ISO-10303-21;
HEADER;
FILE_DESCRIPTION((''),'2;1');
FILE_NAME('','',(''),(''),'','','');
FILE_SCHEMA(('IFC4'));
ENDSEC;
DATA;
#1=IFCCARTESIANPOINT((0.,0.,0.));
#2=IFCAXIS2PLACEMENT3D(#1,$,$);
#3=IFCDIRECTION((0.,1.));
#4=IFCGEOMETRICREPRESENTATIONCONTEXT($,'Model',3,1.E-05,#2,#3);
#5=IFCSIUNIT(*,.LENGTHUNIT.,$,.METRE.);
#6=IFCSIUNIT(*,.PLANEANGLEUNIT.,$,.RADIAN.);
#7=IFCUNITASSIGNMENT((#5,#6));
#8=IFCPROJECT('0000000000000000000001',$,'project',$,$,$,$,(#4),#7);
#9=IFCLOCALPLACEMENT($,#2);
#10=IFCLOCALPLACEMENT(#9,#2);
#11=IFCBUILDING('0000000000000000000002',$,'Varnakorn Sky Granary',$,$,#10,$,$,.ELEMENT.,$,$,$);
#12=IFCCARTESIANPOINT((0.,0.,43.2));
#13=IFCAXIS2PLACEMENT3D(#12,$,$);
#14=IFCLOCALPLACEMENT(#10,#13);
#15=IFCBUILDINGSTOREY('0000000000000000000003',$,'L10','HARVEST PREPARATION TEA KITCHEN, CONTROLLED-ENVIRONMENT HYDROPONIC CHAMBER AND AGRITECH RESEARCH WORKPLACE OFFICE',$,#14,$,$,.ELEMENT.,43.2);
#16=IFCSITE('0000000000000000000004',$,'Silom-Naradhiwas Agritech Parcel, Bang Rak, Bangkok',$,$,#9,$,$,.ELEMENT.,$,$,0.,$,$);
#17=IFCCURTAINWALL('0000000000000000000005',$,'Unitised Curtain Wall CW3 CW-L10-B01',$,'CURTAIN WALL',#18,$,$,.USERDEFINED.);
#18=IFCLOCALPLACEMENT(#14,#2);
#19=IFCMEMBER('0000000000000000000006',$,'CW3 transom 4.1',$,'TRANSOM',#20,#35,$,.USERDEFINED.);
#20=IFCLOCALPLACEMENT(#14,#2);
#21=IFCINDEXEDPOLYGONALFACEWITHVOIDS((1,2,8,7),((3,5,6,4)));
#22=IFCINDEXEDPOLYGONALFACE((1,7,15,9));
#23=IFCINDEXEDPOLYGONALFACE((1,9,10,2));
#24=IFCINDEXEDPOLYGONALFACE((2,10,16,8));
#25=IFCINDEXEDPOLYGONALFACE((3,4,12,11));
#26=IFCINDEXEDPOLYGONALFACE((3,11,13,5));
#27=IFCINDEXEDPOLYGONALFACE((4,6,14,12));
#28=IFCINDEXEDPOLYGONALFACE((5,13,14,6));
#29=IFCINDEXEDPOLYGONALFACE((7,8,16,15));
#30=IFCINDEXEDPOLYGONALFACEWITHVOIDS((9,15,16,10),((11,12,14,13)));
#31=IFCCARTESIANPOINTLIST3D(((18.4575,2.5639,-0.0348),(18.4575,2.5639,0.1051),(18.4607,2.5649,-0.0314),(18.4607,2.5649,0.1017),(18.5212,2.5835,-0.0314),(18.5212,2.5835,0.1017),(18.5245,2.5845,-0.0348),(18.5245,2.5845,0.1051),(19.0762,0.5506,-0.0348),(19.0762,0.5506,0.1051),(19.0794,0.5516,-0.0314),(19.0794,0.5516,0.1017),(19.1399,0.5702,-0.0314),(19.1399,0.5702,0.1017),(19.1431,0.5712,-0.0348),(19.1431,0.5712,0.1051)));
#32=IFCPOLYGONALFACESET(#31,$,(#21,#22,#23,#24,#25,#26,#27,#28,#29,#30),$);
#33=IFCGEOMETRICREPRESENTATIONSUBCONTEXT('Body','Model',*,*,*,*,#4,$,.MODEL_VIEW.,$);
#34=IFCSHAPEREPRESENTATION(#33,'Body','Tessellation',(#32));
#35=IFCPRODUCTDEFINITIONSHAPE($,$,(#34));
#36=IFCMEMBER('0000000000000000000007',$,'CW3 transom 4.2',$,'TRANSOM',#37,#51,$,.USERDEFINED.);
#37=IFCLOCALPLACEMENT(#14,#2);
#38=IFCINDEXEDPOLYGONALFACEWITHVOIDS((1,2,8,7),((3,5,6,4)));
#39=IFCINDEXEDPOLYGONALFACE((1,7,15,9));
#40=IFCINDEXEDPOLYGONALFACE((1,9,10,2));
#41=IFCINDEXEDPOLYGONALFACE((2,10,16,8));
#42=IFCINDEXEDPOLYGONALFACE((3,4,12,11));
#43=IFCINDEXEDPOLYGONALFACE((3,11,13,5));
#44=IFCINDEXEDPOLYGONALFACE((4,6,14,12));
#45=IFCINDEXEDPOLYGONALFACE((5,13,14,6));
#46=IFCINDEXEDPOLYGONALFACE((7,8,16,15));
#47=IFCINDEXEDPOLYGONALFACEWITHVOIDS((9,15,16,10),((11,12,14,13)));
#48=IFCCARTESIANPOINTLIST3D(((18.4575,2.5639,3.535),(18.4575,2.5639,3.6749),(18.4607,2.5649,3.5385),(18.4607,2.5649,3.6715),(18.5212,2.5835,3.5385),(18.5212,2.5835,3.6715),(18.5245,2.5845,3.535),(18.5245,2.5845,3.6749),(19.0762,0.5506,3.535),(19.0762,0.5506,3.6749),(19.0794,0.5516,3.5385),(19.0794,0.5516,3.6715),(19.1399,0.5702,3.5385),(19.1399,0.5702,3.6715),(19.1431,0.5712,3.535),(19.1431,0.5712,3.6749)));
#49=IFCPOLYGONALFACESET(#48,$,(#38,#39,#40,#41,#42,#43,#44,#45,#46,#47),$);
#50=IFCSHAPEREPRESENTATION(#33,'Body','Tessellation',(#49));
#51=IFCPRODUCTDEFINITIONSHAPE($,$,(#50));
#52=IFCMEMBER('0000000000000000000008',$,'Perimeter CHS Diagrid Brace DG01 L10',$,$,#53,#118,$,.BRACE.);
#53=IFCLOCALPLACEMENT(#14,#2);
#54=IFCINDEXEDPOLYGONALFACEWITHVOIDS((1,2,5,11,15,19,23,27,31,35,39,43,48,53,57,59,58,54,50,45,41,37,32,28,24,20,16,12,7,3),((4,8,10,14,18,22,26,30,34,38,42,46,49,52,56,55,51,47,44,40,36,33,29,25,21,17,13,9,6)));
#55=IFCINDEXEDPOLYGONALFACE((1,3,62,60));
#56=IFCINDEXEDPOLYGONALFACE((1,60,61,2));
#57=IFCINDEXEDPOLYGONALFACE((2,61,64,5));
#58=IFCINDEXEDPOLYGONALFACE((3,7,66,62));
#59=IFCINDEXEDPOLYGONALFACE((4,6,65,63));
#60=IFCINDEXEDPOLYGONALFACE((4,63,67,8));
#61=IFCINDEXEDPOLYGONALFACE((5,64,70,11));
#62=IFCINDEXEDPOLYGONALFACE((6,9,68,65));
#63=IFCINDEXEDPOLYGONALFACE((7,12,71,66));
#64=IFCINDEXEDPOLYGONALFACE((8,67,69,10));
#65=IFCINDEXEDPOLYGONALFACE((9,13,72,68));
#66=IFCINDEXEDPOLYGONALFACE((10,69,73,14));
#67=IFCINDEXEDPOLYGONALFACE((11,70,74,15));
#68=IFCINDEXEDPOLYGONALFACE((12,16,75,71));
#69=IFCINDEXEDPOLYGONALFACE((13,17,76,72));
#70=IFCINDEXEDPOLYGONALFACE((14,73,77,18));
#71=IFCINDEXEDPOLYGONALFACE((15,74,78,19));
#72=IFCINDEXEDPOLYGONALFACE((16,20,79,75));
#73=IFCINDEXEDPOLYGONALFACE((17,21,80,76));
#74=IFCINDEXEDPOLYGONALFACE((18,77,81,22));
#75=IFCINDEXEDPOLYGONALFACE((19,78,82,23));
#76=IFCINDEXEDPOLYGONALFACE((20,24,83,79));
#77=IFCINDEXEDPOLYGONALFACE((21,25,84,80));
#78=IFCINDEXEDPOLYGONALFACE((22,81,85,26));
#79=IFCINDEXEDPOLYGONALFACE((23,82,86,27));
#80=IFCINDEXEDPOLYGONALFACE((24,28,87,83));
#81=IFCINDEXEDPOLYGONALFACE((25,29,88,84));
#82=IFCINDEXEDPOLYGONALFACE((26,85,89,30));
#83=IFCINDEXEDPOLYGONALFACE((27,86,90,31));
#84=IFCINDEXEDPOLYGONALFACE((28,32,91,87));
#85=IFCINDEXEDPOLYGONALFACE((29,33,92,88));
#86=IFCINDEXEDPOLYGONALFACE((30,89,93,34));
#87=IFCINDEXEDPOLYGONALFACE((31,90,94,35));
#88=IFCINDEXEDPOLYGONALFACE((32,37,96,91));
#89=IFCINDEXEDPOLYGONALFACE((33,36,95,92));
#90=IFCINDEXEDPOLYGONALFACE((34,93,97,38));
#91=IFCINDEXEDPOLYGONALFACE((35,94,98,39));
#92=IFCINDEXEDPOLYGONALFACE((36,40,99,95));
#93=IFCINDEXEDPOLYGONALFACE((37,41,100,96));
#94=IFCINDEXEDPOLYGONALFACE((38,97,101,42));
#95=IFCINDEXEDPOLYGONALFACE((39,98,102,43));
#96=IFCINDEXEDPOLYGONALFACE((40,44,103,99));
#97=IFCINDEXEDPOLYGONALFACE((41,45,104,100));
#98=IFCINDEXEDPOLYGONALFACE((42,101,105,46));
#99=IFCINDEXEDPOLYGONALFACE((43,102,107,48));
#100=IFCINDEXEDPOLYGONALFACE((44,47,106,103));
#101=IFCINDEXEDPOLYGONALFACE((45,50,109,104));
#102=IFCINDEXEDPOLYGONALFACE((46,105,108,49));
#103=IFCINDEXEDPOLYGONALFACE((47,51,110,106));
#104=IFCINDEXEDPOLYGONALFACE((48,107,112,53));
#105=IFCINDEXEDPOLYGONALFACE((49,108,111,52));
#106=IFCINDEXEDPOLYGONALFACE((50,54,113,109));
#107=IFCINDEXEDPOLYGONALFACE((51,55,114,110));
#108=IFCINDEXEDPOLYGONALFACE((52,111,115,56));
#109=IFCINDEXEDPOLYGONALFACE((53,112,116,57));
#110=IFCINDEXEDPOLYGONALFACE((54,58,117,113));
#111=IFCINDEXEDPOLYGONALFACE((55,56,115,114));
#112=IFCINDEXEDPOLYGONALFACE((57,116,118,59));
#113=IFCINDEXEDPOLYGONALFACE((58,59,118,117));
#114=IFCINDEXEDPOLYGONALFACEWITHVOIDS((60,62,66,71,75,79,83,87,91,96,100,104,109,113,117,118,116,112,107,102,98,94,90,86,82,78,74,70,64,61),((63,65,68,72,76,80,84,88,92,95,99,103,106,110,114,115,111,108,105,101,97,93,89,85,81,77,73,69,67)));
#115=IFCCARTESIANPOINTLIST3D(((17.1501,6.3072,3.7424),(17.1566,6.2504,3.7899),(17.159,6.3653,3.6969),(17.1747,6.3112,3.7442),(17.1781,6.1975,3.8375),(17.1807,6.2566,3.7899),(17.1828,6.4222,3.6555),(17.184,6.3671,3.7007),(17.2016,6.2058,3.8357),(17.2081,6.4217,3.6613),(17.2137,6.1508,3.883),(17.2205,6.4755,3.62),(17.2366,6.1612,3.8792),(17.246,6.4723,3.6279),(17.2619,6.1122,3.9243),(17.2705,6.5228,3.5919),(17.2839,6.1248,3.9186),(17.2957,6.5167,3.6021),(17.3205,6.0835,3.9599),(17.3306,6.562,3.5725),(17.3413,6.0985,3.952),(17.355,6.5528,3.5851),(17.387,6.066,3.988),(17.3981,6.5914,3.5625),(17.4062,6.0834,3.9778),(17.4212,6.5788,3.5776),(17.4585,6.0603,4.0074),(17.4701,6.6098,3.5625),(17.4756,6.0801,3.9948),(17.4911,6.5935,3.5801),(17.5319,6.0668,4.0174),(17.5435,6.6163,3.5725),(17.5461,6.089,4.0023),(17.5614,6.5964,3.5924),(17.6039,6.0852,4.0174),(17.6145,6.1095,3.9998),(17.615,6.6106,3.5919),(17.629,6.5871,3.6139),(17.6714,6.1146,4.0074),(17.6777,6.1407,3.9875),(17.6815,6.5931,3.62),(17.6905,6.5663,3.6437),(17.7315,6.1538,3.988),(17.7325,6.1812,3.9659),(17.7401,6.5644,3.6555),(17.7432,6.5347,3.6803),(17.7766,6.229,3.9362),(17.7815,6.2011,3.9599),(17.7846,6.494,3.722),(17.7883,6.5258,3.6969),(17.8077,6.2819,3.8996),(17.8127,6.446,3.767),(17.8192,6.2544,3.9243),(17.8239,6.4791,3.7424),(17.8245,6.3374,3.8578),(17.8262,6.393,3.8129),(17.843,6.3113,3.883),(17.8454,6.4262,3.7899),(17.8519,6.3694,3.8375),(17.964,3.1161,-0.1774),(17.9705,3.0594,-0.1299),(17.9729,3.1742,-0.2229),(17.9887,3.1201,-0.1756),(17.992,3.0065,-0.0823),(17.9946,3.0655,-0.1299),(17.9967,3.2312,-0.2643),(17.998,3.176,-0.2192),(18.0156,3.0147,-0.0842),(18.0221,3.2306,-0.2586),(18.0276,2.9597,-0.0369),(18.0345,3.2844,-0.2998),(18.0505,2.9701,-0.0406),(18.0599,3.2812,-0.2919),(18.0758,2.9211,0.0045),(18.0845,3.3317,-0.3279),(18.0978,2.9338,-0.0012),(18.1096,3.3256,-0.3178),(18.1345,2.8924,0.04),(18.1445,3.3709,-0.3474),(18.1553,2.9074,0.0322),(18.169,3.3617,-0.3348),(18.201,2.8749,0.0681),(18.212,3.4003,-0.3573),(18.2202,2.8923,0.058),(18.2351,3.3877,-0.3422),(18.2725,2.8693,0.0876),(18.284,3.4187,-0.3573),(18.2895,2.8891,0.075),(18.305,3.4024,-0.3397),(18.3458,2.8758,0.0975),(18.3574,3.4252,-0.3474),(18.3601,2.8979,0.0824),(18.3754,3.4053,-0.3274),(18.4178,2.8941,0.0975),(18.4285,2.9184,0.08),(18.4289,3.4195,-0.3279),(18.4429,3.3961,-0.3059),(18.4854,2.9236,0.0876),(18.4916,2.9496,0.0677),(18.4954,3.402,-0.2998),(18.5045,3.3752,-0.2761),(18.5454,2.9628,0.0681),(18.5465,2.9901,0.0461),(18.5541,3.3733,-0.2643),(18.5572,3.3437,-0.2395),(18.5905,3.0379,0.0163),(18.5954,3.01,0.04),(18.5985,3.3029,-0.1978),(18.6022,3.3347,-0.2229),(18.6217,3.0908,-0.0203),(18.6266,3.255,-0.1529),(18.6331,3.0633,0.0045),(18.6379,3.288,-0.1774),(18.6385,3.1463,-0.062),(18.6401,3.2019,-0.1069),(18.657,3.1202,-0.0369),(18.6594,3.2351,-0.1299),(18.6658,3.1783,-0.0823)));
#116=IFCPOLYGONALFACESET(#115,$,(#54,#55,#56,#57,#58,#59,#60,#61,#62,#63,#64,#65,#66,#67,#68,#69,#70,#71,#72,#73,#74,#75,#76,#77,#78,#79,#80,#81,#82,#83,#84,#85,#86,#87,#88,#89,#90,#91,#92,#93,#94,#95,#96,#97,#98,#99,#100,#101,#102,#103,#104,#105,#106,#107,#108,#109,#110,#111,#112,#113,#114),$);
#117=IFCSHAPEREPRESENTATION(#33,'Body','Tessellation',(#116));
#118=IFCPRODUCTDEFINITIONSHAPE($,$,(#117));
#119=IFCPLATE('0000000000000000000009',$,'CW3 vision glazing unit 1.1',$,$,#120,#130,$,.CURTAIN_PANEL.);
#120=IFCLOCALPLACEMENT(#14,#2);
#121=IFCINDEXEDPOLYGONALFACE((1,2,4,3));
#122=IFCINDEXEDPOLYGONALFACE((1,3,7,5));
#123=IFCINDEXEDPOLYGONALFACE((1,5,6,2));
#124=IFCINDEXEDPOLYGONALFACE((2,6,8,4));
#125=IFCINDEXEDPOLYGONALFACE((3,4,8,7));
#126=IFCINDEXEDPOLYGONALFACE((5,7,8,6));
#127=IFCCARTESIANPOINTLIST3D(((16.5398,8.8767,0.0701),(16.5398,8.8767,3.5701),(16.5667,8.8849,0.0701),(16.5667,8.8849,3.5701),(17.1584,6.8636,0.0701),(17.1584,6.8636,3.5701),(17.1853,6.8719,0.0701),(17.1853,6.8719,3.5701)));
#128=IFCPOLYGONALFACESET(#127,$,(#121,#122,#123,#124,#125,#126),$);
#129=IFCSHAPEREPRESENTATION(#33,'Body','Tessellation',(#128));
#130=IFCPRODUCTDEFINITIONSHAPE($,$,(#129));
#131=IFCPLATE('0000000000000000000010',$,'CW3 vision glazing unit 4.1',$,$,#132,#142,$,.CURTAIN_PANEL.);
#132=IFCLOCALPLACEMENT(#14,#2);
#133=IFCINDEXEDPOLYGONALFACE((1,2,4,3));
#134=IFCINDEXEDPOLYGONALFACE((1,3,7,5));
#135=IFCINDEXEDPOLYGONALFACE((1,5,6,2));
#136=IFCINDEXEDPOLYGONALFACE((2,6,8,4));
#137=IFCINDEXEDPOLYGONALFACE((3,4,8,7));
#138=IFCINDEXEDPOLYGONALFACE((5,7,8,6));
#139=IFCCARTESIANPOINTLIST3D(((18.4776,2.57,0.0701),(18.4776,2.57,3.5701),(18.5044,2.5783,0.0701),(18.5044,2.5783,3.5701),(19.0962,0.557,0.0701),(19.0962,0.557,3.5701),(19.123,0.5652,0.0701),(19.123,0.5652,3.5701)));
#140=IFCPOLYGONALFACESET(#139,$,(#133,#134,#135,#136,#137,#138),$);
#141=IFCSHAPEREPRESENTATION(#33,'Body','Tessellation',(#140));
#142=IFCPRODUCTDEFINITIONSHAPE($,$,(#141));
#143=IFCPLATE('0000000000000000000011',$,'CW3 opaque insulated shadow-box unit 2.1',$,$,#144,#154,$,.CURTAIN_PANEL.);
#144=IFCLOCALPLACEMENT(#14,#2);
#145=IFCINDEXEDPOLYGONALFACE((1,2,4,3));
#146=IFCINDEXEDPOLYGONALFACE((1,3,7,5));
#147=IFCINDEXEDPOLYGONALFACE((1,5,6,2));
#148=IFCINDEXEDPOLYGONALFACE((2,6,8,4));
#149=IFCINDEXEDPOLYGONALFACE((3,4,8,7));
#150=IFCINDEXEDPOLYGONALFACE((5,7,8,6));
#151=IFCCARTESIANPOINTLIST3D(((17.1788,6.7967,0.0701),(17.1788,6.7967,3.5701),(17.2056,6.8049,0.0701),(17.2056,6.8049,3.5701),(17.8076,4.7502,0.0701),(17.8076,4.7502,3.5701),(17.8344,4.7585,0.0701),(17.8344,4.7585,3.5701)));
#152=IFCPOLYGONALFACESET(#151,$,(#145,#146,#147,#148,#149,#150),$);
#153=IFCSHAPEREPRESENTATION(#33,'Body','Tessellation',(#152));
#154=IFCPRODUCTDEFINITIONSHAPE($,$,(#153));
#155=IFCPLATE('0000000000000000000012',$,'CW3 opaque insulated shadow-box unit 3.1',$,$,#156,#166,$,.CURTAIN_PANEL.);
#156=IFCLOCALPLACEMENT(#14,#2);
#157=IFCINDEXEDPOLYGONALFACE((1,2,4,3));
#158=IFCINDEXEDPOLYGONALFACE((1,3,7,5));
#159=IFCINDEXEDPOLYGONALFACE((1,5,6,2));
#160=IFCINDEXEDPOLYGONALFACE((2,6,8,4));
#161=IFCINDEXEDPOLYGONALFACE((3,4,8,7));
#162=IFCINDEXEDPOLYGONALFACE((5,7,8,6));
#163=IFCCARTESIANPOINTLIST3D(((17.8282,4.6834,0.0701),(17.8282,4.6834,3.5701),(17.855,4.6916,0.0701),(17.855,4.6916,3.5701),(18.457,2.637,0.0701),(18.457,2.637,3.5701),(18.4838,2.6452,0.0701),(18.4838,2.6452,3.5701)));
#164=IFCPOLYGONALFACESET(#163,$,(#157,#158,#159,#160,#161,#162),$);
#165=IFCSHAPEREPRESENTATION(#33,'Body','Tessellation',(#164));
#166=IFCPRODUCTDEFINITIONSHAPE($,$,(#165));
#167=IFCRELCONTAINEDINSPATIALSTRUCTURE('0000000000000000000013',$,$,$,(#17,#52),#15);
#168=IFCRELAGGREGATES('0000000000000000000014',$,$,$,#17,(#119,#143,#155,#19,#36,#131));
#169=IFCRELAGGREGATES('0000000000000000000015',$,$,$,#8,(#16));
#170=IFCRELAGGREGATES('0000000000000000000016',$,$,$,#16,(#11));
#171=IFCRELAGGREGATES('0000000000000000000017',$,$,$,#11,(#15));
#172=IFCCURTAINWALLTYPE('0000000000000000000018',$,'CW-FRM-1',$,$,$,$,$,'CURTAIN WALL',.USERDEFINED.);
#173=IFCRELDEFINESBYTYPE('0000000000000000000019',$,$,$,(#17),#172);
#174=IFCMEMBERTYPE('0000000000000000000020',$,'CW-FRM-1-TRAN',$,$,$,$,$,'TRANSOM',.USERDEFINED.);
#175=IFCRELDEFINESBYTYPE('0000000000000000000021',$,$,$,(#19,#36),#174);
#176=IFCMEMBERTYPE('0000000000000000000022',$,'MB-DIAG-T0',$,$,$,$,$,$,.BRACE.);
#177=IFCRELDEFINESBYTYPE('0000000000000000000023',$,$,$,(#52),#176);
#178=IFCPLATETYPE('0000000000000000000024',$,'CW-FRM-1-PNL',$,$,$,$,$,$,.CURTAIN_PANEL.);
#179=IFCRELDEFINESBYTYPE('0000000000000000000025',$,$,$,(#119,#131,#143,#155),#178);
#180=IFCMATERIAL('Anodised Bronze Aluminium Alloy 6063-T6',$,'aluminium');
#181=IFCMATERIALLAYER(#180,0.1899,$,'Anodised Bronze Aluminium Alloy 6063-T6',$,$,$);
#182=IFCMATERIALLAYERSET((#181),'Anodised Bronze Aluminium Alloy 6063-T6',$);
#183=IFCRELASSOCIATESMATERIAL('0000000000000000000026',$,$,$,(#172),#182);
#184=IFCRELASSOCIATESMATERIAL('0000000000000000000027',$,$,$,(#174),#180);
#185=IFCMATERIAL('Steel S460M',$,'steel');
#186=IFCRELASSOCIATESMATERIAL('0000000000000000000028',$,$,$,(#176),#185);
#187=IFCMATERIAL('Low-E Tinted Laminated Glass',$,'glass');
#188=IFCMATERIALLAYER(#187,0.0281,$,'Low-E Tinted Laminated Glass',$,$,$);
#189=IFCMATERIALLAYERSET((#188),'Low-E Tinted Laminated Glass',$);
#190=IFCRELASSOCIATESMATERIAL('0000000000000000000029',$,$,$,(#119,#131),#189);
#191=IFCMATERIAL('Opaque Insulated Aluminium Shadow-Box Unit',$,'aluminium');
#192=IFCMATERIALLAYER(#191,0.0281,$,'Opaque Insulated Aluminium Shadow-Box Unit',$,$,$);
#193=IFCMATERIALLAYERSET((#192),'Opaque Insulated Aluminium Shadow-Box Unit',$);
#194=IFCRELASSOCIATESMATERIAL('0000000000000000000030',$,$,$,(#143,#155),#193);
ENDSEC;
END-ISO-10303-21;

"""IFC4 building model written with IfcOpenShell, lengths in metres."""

from ifc_helpers import new_model, si_unit, direction, frame, origin, origin_2d, place, context, subcontext, project, spatial, rectangle, hollow_rectangle, hollow_circle, extrude, source, transform, mapped, material, layer, layer_set, material_profile, profile_set, type_object, type_shapes, element, aggregate, save


model = new_model("IFC4")

# Units and contexts
model_context = context("Model", 3, precision=1e-05, world=origin(), true_north=direction((0.0, 1.0)))
body_context = subcontext(model_context, "Body", "Model", "MODEL_VIEW")
ifc_project = project(units=[si_unit("LENGTHUNIT", "METRE"), si_unit("PLANEANGLEUNIT", "RADIAN")], contexts=[model_context])

# Site, building, storey
site_placement = place(None, origin())
site = spatial("IfcSite", under=ifc_project, at=site_placement, Name="Silom-Naradhiwas Agritech Parcel, Bang Rak, Bangkok", CompositionType="ELEMENT", RefElevation=0.0)
building_placement = place(site_placement, origin())
building = spatial("IfcBuilding", under=site, at=building_placement, Name="Varnakorn Sky Granary", CompositionType="ELEMENT")
storey_placement = place(building_placement, frame((0.0, 0.0, 43.2)))
storey = spatial("IfcBuildingStorey", under=building, at=storey_placement, Name="L10", Description="HARVEST PREPARATION TEA KITCHEN, CONTROLLED-ENVIRONMENT HYDROPONIC CHAMBER AND AGRITECH RESEARCH WORKPLACE OFFICE", CompositionType="ELEMENT", Elevation=43.2)

# Curtain wall, members
ifc_material_1 = material(Name="Anodised Bronze Aluminium Alloy 6063-T6", Category="aluminium")
ifc_layer_1 = layer(ifc_material_1, 0.1899, Name="Anodised Bronze Aluminium Alloy 6063-T6")
ifc_layer_set_1 = layer_set([ifc_layer_1], Name="Anodised Bronze Aluminium Alloy 6063-T6")
curtain_wall_type = type_object("IfcCurtainWallType", Name="CW-FRM-1", ElementType="CURTAIN WALL", PredefinedType="USERDEFINED", material=ifc_layer_set_1)
curtain_wall_placement = place(storey_placement, origin())
curtain_wall = element("IfcCurtainWall", 1, at=curtain_wall_placement, inside=storey, type_object=curtain_wall_type, Name="Unitised Curtain Wall CW3 CW-L10-B01", ObjectType="CURTAIN WALL", PredefinedType="USERDEFINED")
ifc_material_profile_1 = material_profile(ifc_material_1, hollow_rectangle(XDim=0.0701, YDim=0.1399, WallThickness=0.0034, at=origin_2d()), Name="ALU TRAN 70x140")
ifc_profile_set_1 = profile_set([ifc_material_profile_1], Name="Anodised Bronze Aluminium Alloy 6063-T6")
member_type_1 = type_object("IfcMemberType", Name="CW-FRM-1-TRAN", ElementType="TRANSOM", PredefinedType="USERDEFINED", material=ifc_profile_set_1)
member_1_placement = place(storey_placement, frame((18.491, 2.5742, 0.0352), z_axis=(0.293744, -0.955884, 0.0), x_axis=(0.955884, 0.293744, 0.0)))
member_1 = element("IfcMember", 2, at=member_1_placement, type_object=member_type_1, Name="CW3 transom 4.1", ObjectType="TRANSOM", PredefinedType="USERDEFINED", context=body_context, shape_type="SweptSolid", body=[
    extrude(hollow_rectangle(XDim=0.0701, YDim=0.1399, WallThickness=0.0034, at=origin_2d()), origin(), (0.0, 0.0, 1.0), 2.1062),
])
member_2_placement = place(storey_placement, frame((18.491, 2.5742, 3.605), z_axis=(0.293744, -0.955884, 0.0), x_axis=(0.955884, 0.293744, 0.0)))
member_2 = element("IfcMember", 3, at=member_2_placement, type_object=member_type_1, Name="CW3 transom 4.2", ObjectType="TRANSOM", PredefinedType="USERDEFINED", context=body_context, shape_type="SweptSolid", body=[
    extrude(hollow_rectangle(XDim=0.0701, YDim=0.1399, WallThickness=0.0034, at=origin_2d()), origin(), (0.0, 0.0, 1.0), 2.1062),
])

# Member
ifc_material_2 = material(Name="Steel S460M", Category="steel")
ifc_material_profile_2 = material_profile(ifc_material_2, hollow_circle(Radius=0.3555, WallThickness=0.0249, at=origin_2d()), Name="CHS 711x25")
ifc_profile_set_2 = profile_set([ifc_material_profile_2], Name="Steel S460M")
member_type_2 = type_object("IfcMemberType", Name="MB-DIAG-T0", PredefinedType="BRACE", material=ifc_profile_set_2)
member_3_placement = place(storey_placement, frame((18.3149, 3.1472, -0.1299), z_axis=(-0.158985, 0.623304, 0.765647), x_axis=(-0.968976, -0.247155, 0.0)))
element("IfcMember", 4, at=member_3_placement, inside=storey, type_object=member_type_2, Name="Perimeter CHS Diagrid Brace DG01 L10", PredefinedType="BRACE", context=body_context, shape_type="SweptSolid", body=[
    extrude(hollow_circle(Radius=0.3555, WallThickness=0.0249, at=origin_2d()), origin(), (0.0, 0.0, 1.0), 5.1196),
])

# Plates
ifc_material_3 = material(Name="Low-E Tinted Laminated Glass", Category="glass")
ifc_layer_2 = layer(ifc_material_3, 0.0281, Name="Low-E Tinted Laminated Glass")
ifc_layer_set_2 = layer_set([ifc_layer_2], Name="Low-E Tinted Laminated Glass")
plate_type = type_object("IfcPlateType", Name="CW-FRM-1-PNL", PredefinedType="CURTAIN_PANEL")
shared_shape_1 = source(origin(), body_context, "Body", "SweptSolid", [
    extrude(rectangle(XDim=2.106, YDim=0.0281, at=origin_2d()), origin(), (0.0, 0.0, 1.0), 3.5),
])
plate_1_placement = place(storey_placement, frame((16.8625, 7.8743, 0.0701), z_axis=(0.0, 0.0, 1.0), x_axis=(0.293723, -0.95589, 0.0)))
plate_1 = element("IfcPlate", 5, at=plate_1_placement, type_object=plate_type, material=ifc_layer_set_2, Name="CW3 vision glazing unit 1.1", PredefinedType="CURTAIN_PANEL", context=body_context, shape_type="MappedRepresentation", body=[
    mapped(shared_shape_1, transform((0.0, 0.0, 0.0), x_axis=(1.0, 0.0, 0.0), y_axis=(0.0, 1.0, 0.0), z_axis=(0.0, 0.0, 1.0), scale=1.0)),
])
plate_2_placement = place(storey_placement, frame((18.8003, 1.5676, 0.0701), z_axis=(0.0, 0.0, 1.0), x_axis=(0.293723, -0.95589, 0.0)))
plate_2 = element("IfcPlate", 6, at=plate_2_placement, type_object=plate_type, material=ifc_layer_set_2, Name="CW3 vision glazing unit 4.1", PredefinedType="CURTAIN_PANEL", context=body_context, shape_type="MappedRepresentation", body=[
    mapped(shared_shape_1, transform((0.0, 0.0, 0.0), x_axis=(1.0, 0.0, 0.0), y_axis=(0.0, 1.0, 0.0), z_axis=(0.0, 0.0, 1.0), scale=1.0)),
])
ifc_material_4 = material(Name="Opaque Insulated Aluminium Shadow-Box Unit", Category="aluminium")
ifc_layer_3 = layer(ifc_material_4, 0.0281, Name="Opaque Insulated Aluminium Shadow-Box Unit")
ifc_layer_set_3 = layer_set([ifc_layer_3], Name="Opaque Insulated Aluminium Shadow-Box Unit")
shared_shape_2 = source(origin(), body_context, "Body", "SweptSolid", [
    extrude(rectangle(XDim=2.1409, YDim=0.0281, at=origin_2d()), origin(), (0.0, 0.0, 1.0), 3.5),
])
type_shapes(plate_type, [shared_shape_1, shared_shape_2])
plate_3_placement = place(storey_placement, frame((17.5066, 5.7776, 0.0701), z_axis=(0.0, 0.0, 1.0), x_axis=(0.293723, -0.95589, 0.0)))
plate_3 = element("IfcPlate", 7, at=plate_3_placement, type_object=plate_type, material=ifc_layer_set_3, Name="CW3 opaque insulated shadow-box unit 2.1", PredefinedType="CURTAIN_PANEL", context=body_context, shape_type="MappedRepresentation", body=[
    mapped(shared_shape_2, transform((0.0, 0.0, 0.0), x_axis=(1.0, 0.0, 0.0), y_axis=(0.0, 1.0, 0.0), z_axis=(0.0, 0.0, 1.0), scale=1.0)),
])
plate_4_placement = place(storey_placement, frame((18.156, 3.6643, 0.0701), z_axis=(0.0, 0.0, 1.0), x_axis=(0.293723, -0.95589, 0.0)))
plate_4 = element("IfcPlate", 8, at=plate_4_placement, type_object=plate_type, material=ifc_layer_set_3, Name="CW3 opaque insulated shadow-box unit 3.1", PredefinedType="CURTAIN_PANEL", context=body_context, shape_type="MappedRepresentation", body=[
    mapped(shared_shape_2, transform((0.0, 0.0, 0.0), x_axis=(1.0, 0.0, 0.0), y_axis=(0.0, 1.0, 0.0), z_axis=(0.0, 0.0, 1.0), scale=1.0)),
])
aggregate(curtain_wall, [plate_1, plate_3, plate_4, member_1, member_2, plate_2])

save(model, "model.ifc")
